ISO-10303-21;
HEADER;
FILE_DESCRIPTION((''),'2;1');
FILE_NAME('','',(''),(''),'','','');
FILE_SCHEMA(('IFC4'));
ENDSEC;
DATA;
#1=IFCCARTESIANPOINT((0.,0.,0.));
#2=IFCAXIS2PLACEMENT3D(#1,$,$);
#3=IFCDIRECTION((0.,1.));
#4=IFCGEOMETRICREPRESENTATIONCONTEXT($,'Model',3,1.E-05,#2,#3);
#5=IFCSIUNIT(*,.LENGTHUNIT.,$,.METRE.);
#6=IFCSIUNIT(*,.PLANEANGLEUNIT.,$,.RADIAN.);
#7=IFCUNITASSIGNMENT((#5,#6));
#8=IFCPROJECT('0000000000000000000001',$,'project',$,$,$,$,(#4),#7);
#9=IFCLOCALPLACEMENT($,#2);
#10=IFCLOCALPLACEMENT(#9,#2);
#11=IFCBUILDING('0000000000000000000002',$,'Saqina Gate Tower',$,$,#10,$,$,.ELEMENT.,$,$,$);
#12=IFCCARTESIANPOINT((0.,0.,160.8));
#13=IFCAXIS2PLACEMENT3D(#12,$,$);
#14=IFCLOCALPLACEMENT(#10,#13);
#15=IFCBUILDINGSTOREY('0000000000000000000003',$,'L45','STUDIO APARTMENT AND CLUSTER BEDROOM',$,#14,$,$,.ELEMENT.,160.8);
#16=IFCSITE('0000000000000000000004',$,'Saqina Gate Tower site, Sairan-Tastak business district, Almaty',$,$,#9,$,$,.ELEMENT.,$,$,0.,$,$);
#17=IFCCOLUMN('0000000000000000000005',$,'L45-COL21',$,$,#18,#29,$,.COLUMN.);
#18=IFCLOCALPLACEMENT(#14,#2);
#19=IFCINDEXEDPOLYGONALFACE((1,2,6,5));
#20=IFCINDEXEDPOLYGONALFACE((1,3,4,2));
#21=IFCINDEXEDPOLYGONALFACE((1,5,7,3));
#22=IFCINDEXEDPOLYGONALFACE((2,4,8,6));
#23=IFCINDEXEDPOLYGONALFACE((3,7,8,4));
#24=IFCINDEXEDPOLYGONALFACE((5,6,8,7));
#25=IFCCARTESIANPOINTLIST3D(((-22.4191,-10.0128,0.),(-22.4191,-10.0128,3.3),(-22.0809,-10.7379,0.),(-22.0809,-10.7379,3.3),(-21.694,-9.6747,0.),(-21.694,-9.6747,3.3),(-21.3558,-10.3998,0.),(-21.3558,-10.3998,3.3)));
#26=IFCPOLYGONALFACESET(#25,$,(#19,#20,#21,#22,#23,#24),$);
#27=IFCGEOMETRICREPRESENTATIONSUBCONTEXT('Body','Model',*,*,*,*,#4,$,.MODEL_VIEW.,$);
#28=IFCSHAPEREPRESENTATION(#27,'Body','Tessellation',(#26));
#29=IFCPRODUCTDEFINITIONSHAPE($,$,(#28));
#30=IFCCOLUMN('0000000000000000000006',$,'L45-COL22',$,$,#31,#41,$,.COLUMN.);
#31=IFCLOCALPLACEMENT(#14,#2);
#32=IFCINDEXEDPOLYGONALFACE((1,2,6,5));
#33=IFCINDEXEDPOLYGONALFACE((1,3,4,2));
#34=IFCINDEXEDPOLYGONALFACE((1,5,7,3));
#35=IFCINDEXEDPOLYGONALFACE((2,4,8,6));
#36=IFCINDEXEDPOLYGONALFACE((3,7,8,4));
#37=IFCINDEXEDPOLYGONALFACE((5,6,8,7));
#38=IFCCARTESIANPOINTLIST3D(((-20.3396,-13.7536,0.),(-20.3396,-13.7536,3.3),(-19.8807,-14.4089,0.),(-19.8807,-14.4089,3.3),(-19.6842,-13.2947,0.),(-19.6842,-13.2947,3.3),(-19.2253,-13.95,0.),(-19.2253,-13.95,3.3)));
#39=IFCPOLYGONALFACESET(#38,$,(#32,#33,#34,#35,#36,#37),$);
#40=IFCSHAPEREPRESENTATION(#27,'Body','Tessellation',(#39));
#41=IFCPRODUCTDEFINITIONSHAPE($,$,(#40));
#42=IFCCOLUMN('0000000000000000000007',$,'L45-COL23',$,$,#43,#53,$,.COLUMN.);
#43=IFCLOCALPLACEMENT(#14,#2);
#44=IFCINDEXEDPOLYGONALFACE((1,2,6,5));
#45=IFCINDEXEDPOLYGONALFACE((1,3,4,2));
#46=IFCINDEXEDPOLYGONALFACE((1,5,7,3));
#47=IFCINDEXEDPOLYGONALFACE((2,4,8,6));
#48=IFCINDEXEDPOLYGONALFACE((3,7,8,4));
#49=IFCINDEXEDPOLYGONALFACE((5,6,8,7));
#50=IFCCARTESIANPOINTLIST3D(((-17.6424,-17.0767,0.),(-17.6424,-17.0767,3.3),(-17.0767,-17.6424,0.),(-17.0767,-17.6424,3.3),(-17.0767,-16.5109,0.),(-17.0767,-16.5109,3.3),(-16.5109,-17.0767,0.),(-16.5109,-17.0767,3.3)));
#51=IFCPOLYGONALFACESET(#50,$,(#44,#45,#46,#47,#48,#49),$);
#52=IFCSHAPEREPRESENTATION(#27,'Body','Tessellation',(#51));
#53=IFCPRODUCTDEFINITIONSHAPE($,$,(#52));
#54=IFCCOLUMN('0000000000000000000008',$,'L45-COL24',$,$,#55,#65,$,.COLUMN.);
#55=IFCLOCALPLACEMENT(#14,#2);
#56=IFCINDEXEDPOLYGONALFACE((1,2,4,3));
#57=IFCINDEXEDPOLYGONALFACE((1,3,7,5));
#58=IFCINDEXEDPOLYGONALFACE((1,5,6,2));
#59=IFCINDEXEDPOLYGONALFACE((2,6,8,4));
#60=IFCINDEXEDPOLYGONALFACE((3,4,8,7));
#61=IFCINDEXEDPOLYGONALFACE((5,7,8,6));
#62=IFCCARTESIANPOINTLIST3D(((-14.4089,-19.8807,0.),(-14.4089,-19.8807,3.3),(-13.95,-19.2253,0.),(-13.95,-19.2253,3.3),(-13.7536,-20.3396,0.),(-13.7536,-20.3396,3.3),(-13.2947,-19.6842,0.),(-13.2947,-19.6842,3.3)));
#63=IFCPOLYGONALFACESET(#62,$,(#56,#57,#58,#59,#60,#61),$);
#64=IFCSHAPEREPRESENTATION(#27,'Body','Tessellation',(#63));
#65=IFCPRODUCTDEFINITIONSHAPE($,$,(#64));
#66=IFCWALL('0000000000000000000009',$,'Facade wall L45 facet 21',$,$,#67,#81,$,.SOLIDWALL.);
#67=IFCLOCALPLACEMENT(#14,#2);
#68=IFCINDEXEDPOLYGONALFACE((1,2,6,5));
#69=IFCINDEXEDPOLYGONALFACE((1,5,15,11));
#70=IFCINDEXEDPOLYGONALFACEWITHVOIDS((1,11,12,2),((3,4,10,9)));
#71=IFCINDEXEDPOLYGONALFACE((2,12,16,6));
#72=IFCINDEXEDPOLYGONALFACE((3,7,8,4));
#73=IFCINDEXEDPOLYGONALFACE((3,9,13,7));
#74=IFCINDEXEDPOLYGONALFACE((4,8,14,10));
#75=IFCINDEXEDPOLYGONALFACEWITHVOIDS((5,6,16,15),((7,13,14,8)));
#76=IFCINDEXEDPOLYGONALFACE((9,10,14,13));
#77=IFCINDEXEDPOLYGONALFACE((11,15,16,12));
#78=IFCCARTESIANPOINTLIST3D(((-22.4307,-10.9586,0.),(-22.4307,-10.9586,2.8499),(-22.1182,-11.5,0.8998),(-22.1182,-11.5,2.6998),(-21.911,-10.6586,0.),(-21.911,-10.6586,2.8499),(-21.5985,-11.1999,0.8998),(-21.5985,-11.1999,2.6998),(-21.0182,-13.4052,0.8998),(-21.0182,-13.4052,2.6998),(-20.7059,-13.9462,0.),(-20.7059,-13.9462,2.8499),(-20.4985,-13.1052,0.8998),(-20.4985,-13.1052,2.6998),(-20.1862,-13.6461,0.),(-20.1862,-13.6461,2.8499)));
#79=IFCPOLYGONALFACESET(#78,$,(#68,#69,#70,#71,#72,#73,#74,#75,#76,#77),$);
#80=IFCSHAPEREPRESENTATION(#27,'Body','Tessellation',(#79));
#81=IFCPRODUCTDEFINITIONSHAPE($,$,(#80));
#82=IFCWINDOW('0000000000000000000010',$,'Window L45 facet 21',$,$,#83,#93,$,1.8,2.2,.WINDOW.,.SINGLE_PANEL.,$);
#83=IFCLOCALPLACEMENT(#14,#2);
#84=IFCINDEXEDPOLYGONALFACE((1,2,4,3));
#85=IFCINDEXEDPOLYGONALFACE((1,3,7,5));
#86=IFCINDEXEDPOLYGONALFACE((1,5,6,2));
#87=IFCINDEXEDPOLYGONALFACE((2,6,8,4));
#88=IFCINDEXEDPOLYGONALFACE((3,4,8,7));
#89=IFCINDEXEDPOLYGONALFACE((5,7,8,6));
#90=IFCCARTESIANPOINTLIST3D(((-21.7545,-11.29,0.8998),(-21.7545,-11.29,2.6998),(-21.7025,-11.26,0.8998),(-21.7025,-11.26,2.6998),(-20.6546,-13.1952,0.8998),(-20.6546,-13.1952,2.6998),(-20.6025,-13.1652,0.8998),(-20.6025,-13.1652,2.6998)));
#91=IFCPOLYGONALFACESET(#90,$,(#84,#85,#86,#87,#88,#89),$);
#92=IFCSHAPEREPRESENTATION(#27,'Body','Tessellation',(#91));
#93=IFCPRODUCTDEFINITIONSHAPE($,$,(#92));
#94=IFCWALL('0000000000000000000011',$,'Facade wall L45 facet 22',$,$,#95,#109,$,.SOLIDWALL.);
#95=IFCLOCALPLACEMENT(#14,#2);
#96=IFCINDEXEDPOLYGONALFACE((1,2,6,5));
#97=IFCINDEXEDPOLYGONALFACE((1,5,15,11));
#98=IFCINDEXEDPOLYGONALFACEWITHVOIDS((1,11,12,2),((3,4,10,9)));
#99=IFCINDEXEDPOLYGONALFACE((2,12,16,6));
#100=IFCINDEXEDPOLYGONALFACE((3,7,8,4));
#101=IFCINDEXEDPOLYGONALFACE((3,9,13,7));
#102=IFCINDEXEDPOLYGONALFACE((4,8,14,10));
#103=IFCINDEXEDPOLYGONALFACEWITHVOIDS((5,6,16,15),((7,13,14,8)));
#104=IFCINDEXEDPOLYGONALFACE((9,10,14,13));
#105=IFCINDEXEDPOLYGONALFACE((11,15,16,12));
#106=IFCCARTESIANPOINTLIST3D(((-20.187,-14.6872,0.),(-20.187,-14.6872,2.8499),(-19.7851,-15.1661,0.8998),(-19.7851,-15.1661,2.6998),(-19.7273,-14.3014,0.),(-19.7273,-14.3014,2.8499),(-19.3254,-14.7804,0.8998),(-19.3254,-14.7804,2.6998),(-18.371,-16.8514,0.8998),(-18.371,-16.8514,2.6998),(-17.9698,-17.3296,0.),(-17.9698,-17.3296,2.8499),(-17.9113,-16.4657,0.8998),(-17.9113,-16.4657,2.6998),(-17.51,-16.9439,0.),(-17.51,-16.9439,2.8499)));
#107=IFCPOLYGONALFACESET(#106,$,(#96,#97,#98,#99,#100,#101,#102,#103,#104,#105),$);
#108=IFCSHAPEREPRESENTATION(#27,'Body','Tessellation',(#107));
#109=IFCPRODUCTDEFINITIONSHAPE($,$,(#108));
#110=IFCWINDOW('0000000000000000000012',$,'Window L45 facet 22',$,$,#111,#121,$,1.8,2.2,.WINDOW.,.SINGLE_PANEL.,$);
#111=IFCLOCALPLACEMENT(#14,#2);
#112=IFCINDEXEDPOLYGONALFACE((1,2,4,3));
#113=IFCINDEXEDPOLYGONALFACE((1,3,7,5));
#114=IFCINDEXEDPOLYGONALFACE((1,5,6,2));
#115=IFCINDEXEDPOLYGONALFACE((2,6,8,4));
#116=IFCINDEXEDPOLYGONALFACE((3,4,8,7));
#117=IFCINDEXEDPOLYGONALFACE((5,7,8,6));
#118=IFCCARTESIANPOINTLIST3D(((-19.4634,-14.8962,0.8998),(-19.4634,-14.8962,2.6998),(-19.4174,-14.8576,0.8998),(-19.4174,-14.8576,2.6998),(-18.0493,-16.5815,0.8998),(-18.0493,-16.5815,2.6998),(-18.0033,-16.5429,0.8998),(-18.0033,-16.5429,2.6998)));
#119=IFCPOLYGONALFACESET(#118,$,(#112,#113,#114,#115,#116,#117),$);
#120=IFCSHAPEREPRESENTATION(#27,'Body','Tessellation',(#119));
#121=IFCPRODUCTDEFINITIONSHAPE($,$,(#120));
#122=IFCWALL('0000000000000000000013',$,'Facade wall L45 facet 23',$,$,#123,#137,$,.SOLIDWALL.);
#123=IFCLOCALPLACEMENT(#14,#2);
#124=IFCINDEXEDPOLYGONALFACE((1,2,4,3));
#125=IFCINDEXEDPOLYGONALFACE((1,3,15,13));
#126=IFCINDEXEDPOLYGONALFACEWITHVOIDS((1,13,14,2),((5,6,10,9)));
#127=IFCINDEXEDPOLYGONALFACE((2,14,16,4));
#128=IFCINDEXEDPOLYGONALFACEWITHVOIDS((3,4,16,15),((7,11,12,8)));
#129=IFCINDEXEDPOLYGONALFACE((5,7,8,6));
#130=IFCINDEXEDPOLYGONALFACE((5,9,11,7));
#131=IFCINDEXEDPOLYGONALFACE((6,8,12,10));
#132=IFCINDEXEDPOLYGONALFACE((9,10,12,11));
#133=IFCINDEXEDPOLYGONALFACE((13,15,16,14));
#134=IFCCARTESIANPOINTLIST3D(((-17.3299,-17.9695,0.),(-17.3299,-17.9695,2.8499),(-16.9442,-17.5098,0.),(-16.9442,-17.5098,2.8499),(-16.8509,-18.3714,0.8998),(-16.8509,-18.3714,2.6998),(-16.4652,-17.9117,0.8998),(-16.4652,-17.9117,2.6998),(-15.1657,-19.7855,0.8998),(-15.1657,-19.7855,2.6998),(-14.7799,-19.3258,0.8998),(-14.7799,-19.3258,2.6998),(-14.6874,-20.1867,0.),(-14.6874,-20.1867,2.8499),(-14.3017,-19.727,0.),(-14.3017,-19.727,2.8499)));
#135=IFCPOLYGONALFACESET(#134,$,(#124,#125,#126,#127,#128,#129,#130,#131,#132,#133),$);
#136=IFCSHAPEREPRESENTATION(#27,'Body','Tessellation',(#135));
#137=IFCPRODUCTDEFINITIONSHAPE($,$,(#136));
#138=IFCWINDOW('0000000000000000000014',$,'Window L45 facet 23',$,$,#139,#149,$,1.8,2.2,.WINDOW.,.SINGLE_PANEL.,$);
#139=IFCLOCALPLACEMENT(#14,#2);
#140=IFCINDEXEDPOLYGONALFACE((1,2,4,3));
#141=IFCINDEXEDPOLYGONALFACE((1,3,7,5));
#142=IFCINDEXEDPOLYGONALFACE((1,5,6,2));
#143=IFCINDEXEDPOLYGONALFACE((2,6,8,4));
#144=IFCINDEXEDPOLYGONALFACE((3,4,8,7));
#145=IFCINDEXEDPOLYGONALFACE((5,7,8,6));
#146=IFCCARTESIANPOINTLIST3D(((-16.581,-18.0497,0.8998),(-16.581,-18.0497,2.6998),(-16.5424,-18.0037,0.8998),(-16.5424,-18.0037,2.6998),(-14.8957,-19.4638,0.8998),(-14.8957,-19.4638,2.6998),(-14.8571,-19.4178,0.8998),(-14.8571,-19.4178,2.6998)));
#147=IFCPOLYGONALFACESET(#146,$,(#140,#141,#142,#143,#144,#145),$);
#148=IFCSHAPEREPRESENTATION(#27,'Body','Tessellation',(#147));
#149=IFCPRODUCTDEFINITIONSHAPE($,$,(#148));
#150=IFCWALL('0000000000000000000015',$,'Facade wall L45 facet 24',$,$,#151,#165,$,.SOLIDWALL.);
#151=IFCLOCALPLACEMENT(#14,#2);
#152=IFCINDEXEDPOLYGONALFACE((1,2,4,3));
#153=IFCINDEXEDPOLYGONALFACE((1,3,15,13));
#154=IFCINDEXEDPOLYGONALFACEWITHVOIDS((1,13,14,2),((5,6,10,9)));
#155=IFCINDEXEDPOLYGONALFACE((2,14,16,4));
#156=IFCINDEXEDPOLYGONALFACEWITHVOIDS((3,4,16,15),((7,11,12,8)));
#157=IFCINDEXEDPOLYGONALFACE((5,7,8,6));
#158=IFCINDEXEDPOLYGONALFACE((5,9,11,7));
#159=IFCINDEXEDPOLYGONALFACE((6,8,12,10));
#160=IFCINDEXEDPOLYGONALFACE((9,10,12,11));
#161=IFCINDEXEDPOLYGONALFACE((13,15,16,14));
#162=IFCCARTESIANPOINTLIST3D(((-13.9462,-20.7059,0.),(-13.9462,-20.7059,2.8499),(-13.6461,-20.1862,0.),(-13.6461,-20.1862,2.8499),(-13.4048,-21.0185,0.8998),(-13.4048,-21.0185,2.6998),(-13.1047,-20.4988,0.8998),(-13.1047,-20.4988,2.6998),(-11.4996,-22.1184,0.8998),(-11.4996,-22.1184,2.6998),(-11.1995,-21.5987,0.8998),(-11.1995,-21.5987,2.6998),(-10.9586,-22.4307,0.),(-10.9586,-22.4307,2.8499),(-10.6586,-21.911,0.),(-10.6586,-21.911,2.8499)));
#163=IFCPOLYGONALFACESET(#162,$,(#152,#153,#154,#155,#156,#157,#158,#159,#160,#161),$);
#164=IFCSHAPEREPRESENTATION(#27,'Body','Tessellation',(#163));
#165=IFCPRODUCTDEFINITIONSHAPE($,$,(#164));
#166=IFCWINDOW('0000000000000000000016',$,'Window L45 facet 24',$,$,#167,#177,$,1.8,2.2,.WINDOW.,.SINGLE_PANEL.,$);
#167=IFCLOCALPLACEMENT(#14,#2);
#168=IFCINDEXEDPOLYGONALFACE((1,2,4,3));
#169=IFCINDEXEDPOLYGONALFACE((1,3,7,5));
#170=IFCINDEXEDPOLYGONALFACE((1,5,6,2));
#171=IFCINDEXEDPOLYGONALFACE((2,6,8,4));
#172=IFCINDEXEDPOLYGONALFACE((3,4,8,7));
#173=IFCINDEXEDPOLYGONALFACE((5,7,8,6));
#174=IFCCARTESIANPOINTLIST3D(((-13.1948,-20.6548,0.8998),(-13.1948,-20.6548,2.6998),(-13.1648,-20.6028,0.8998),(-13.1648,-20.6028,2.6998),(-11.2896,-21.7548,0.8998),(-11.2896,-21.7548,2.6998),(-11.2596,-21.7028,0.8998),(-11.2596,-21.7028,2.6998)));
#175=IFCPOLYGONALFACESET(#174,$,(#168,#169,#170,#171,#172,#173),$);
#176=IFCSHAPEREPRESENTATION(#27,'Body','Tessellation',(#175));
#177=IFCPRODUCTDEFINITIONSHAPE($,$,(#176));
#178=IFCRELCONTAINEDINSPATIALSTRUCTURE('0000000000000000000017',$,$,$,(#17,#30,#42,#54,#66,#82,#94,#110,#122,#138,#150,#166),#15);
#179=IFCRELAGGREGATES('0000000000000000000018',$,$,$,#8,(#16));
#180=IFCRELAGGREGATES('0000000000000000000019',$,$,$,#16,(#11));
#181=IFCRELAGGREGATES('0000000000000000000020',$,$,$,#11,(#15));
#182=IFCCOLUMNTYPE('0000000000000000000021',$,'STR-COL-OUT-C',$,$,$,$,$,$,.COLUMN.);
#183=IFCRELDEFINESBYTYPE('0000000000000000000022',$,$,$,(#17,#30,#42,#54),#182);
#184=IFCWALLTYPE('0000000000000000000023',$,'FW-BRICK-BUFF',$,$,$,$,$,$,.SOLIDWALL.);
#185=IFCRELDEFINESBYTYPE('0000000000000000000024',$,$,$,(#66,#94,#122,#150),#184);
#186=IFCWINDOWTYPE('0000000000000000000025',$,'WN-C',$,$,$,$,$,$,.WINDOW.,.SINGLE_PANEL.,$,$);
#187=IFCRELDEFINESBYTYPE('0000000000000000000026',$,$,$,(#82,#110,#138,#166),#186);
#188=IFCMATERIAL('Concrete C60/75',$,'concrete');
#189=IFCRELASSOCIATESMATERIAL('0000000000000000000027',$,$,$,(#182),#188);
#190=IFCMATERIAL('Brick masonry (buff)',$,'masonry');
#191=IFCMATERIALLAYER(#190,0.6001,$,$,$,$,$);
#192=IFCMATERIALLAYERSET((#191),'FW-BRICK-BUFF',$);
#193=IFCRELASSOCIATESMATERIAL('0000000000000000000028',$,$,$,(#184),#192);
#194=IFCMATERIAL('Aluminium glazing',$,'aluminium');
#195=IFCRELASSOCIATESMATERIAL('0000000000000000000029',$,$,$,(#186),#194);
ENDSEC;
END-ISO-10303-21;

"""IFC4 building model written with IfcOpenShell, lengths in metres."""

from ifc_helpers import new_model, si_unit, direction, frame, frame_2d, origin, origin_2d, place, context, subcontext, project, spatial, rectangle, extrude, material, layer, layer_set, material_profile, profile_set, type_object, element, fill, save


model = new_model("IFC4")

# Units and contexts
model_context = context("Model", 3, precision=1e-05, world=origin(), true_north=direction((0.0, 1.0)))
body_context = subcontext(model_context, "Body", "Model", "MODEL_VIEW")
ifc_project = project(units=[si_unit("LENGTHUNIT", "METRE"), si_unit("PLANEANGLEUNIT", "RADIAN")], contexts=[model_context])

# Site, building, storey
site_placement = place(None, origin())
site = spatial("IfcSite", under=ifc_project, at=site_placement, Name="Saqina Gate Tower site, Sairan-Tastak business district, Almaty", CompositionType="ELEMENT", RefElevation=0.0)
building_placement = place(site_placement, origin())
building = spatial("IfcBuilding", under=site, at=building_placement, Name="Saqina Gate Tower", CompositionType="ELEMENT")
storey_placement = place(building_placement, frame((0.0, 0.0, 160.8)))
storey = spatial("IfcBuildingStorey", under=building, at=storey_placement, Name="L45", Description="STUDIO APARTMENT AND CLUSTER BEDROOM", CompositionType="ELEMENT", Elevation=160.8)

# Columns
ifc_material_1 = material(Name="Concrete C60/75", Category="concrete")
ifc_material_profile = material_profile(ifc_material_1, rectangle(XDim=0.8, YDim=0.8, at=origin_2d()), Name="RC 800x800")
ifc_profile_set = profile_set([ifc_material_profile], Name="Concrete C60/75")
column_type = type_object("IfcColumnType", Name="STR-COL-OUT-C", PredefinedType="COLUMN", material=ifc_profile_set)
for number, where, z_axis, x_axis, name in (
    (1, (-21.8875, -10.2063, 0.0), (0.0, 0.0, 1.0), (-0.906308, -0.422618, 0.0), "L45-COL21"),
    (2, (-19.7825, -13.8518, 0.0), (0.0, 0.0, 1.0), (-0.819152, -0.573576, 0.0), "L45-COL22"),
    (3, (-17.0767, -17.0767, 0.0), (0.0, 0.0, 1.0), (-0.707107, -0.707107, 0.0), "L45-COL23"),
    (4, (-13.8518, -19.7825, 0.0), (0.0, 0.0, 1.0), (-0.573576, -0.819152, 0.0), "L45-COL24"),
):
    element("IfcColumn", number, at=place(storey_placement, frame(where, z_axis=z_axis, x_axis=x_axis)), inside=storey, type_object=column_type, Name=name, PredefinedType="COLUMN", context=body_context, shape_type="SweptSolid", body=[
        extrude(rectangle(XDim=0.8, YDim=0.8, at=origin_2d()), origin(), (0.0, 0.0, 1.0), 3.3),
    ])

# Walls, openings, windows
ifc_material_2 = material(Name="Brick masonry (buff)", Category="masonry")
ifc_layer_1 = layer(ifc_material_2, 0.6001)
ifc_layer_set_1 = layer_set([ifc_layer_1], Name="FW-BRICK-BUFF")
wall_type_1 = type_object("IfcWallType", Name="FW-BRICK-BUFF", PredefinedType="SOLIDWALL", material=ifc_layer_set_1)
wall_1_placement = place(storey_placement, frame((-22.1709, -10.8086, 0.0), z_axis=(0.0, 0.0, 1.0), x_axis=(0.499998, -0.866026, 0.0)))
wall_1 = element("IfcWall", 5, at=wall_1_placement, inside=storey, type_object=wall_type_1, Name="Facade wall L45 facet 21", PredefinedType="SOLIDWALL", context=body_context, shape_type="SweptSolid", body=[
    extrude(rectangle(XDim=3.4497, YDim=0.6001, at=frame_2d((1.7249, 0.0))), origin(), (0.0, 0.0, 1.0), 2.8499),
])
opening_1_placement = place(wall_1_placement, frame((0.625, 0.0, 0.8999)))
opening_1 = element("IfcOpeningElement", 6, at=opening_1_placement, cuts=wall_1, PredefinedType="OPENING", context=body_context, shape_type="SweptSolid", body=[
    extrude(rectangle(XDim=2.2, YDim=1.8, at=frame_2d((1.1001, 0.8999))), frame((0.0, 0.312, 0.0), z_axis=(0.0, -1.0, 0.0), x_axis=(1.0, 0.0, 0.0)), (0.0, 0.0, 1.0), 0.624),
])
ifc_material_3 = material(Name="Aluminium glazing", Category="aluminium")
window_type = type_object("IfcWindowType", Name="WN-C", PartitioningType="SINGLE_PANEL", PredefinedType="WINDOW", material=ifc_material_3)
window_1_placement = place(opening_1_placement, origin())
window_1 = element("IfcWindow", 7, at=window_1_placement, inside=storey, type_object=window_type, Name="Window L45 facet 21", OverallHeight=1.8, OverallWidth=2.2, PartitioningType="SINGLE_PANEL", PredefinedType="WINDOW", context=body_context, shape_type="SweptSolid", body=[
    extrude(rectangle(XDim=2.2, YDim=1.8, at=frame_2d((1.1001, 0.8999))), frame((0.0, 0.1799, 0.0), z_axis=(0.0, -1.0, 0.0), x_axis=(1.0, 0.0, 0.0)), (0.0, 0.0, 1.0), 0.0601),
])
fill(opening_1, window_1)
wall_2_placement = place(storey_placement, frame((-19.957, -14.4944, 0.0), z_axis=(0.0, 0.0, 1.0), x_axis=(0.64277, -0.766059, 0.0)))
wall_2 = element("IfcWall", 8, at=wall_2_placement, inside=storey, type_object=wall_type_1, Name="Facade wall L45 facet 22", PredefinedType="SOLIDWALL", context=body_context, shape_type="SweptSolid", body=[
    extrude(rectangle(XDim=3.4495, YDim=0.6001, at=frame_2d((1.7246, 0.0))), origin(), (0.0, 0.0, 1.0), 2.8499),
])
opening_2_placement = place(wall_2_placement, frame((0.625, 0.0, 0.8999)))
opening_2 = element("IfcOpeningElement", 9, at=opening_2_placement, cuts=wall_2, PredefinedType="OPENING", context=body_context, shape_type="SweptSolid", body=[
    extrude(rectangle(XDim=2.2, YDim=1.8, at=frame_2d((1.1001, 0.8999))), frame((0.0, 0.312, 0.0), z_axis=(0.0, -1.0, 0.0), x_axis=(1.0, 0.0, 0.0)), (0.0, 0.0, 1.0), 0.624),
])
window_2_placement = place(opening_2_placement, origin())
window_2 = element("IfcWindow", 10, at=window_2_placement, inside=storey, type_object=window_type, Name="Window L45 facet 22", OverallHeight=1.8, OverallWidth=2.2, PartitioningType="SINGLE_PANEL", PredefinedType="WINDOW", context=body_context, shape_type="SweptSolid", body=[
    extrude(rectangle(XDim=2.2, YDim=1.8, at=frame_2d((1.1001, 0.8999))), frame((0.0, 0.1799, 0.0), z_axis=(0.0, -1.0, 0.0), x_axis=(1.0, 0.0, 0.0)), (0.0, 0.0, 1.0), 0.0601),
])
fill(opening_2, window_2)
wall_3_placement = place(storey_placement, frame((-17.137, -17.7397, 0.0), z_axis=(0.0, 0.0, 1.0), x_axis=(0.766059, -0.64277, 0.0)))
wall_3 = element("IfcWall", 11, at=wall_3_placement, inside=storey, type_object=wall_type_1, Name="Facade wall L45 facet 23", PredefinedType="SOLIDWALL", context=body_context, shape_type="SweptSolid", body=[
    extrude(rectangle(XDim=3.4495, YDim=0.6001, at=frame_2d((1.7246, 0.0))), origin(), (0.0, 0.0, 1.0), 2.8499),
])
opening_3_placement = place(wall_3_placement, frame((0.625, 0.0, 0.8999)))
opening_3 = element("IfcOpeningElement", 12, at=opening_3_placement, cuts=wall_3, PredefinedType="OPENING", context=body_context, shape_type="SweptSolid", body=[
    extrude(rectangle(XDim=2.2, YDim=1.8, at=frame_2d((1.1001, 0.8999))), frame((0.0, 0.312, 0.0), z_axis=(0.0, -1.0, 0.0), x_axis=(1.0, 0.0, 0.0)), (0.0, 0.0, 1.0), 0.624),
])
window_3_placement = place(opening_3_placement, origin())
window_3 = element("IfcWindow", 13, at=window_3_placement, inside=storey, type_object=window_type, Name="Window L45 facet 23", OverallHeight=1.8, OverallWidth=2.2, PartitioningType="SINGLE_PANEL", PredefinedType="WINDOW", context=body_context, shape_type="SweptSolid", body=[
    extrude(rectangle(XDim=2.2, YDim=1.8, at=frame_2d((1.1001, 0.8999))), frame((0.0, 0.1799, 0.0), z_axis=(0.0, -1.0, 0.0), x_axis=(1.0, 0.0, 0.0)), (0.0, 0.0, 1.0), 0.0601),
])
fill(opening_3, window_3)
wall_4_placement = place(storey_placement, frame((-13.7961, -20.446, 0.0), z_axis=(0.0, 0.0, 1.0), x_axis=(0.866026, -0.499998, 0.0)))
wall_4 = element("IfcWall", 14, at=wall_4_placement, inside=storey, type_object=wall_type_1, Name="Facade wall L45 facet 24", PredefinedType="SOLIDWALL", context=body_context, shape_type="SweptSolid", body=[
    extrude(rectangle(XDim=3.4497, YDim=0.6001, at=frame_2d((1.7249, 0.0))), origin(), (0.0, 0.0, 1.0), 2.8499),
])
opening_4_placement = place(wall_4_placement, frame((0.625, 0.0, 0.8999)))
opening_4 = element("IfcOpeningElement", 15, at=opening_4_placement, cuts=wall_4, PredefinedType="OPENING", context=body_context, shape_type="SweptSolid", body=[
    extrude(rectangle(XDim=2.2, YDim=1.8, at=frame_2d((1.1001, 0.8999))), frame((0.0, 0.312, 0.0), z_axis=(0.0, -1.0, 0.0), x_axis=(1.0, 0.0, 0.0)), (0.0, 0.0, 1.0), 0.624),
])
window_4_placement = place(opening_4_placement, origin())
window_4 = element("IfcWindow", 16, at=window_4_placement, inside=storey, type_object=window_type, Name="Window L45 facet 24", OverallHeight=1.8, OverallWidth=2.2, PartitioningType="SINGLE_PANEL", PredefinedType="WINDOW", context=body_context, shape_type="SweptSolid", body=[
    extrude(rectangle(XDim=2.2, YDim=1.8, at=frame_2d((1.1001, 0.8999))), frame((0.0, 0.1799, 0.0), z_axis=(0.0, -1.0, 0.0), x_axis=(1.0, 0.0, 0.0)), (0.0, 0.0, 1.0), 0.0601),
])
fill(opening_4, window_4)

save(model, "model.ifc")
